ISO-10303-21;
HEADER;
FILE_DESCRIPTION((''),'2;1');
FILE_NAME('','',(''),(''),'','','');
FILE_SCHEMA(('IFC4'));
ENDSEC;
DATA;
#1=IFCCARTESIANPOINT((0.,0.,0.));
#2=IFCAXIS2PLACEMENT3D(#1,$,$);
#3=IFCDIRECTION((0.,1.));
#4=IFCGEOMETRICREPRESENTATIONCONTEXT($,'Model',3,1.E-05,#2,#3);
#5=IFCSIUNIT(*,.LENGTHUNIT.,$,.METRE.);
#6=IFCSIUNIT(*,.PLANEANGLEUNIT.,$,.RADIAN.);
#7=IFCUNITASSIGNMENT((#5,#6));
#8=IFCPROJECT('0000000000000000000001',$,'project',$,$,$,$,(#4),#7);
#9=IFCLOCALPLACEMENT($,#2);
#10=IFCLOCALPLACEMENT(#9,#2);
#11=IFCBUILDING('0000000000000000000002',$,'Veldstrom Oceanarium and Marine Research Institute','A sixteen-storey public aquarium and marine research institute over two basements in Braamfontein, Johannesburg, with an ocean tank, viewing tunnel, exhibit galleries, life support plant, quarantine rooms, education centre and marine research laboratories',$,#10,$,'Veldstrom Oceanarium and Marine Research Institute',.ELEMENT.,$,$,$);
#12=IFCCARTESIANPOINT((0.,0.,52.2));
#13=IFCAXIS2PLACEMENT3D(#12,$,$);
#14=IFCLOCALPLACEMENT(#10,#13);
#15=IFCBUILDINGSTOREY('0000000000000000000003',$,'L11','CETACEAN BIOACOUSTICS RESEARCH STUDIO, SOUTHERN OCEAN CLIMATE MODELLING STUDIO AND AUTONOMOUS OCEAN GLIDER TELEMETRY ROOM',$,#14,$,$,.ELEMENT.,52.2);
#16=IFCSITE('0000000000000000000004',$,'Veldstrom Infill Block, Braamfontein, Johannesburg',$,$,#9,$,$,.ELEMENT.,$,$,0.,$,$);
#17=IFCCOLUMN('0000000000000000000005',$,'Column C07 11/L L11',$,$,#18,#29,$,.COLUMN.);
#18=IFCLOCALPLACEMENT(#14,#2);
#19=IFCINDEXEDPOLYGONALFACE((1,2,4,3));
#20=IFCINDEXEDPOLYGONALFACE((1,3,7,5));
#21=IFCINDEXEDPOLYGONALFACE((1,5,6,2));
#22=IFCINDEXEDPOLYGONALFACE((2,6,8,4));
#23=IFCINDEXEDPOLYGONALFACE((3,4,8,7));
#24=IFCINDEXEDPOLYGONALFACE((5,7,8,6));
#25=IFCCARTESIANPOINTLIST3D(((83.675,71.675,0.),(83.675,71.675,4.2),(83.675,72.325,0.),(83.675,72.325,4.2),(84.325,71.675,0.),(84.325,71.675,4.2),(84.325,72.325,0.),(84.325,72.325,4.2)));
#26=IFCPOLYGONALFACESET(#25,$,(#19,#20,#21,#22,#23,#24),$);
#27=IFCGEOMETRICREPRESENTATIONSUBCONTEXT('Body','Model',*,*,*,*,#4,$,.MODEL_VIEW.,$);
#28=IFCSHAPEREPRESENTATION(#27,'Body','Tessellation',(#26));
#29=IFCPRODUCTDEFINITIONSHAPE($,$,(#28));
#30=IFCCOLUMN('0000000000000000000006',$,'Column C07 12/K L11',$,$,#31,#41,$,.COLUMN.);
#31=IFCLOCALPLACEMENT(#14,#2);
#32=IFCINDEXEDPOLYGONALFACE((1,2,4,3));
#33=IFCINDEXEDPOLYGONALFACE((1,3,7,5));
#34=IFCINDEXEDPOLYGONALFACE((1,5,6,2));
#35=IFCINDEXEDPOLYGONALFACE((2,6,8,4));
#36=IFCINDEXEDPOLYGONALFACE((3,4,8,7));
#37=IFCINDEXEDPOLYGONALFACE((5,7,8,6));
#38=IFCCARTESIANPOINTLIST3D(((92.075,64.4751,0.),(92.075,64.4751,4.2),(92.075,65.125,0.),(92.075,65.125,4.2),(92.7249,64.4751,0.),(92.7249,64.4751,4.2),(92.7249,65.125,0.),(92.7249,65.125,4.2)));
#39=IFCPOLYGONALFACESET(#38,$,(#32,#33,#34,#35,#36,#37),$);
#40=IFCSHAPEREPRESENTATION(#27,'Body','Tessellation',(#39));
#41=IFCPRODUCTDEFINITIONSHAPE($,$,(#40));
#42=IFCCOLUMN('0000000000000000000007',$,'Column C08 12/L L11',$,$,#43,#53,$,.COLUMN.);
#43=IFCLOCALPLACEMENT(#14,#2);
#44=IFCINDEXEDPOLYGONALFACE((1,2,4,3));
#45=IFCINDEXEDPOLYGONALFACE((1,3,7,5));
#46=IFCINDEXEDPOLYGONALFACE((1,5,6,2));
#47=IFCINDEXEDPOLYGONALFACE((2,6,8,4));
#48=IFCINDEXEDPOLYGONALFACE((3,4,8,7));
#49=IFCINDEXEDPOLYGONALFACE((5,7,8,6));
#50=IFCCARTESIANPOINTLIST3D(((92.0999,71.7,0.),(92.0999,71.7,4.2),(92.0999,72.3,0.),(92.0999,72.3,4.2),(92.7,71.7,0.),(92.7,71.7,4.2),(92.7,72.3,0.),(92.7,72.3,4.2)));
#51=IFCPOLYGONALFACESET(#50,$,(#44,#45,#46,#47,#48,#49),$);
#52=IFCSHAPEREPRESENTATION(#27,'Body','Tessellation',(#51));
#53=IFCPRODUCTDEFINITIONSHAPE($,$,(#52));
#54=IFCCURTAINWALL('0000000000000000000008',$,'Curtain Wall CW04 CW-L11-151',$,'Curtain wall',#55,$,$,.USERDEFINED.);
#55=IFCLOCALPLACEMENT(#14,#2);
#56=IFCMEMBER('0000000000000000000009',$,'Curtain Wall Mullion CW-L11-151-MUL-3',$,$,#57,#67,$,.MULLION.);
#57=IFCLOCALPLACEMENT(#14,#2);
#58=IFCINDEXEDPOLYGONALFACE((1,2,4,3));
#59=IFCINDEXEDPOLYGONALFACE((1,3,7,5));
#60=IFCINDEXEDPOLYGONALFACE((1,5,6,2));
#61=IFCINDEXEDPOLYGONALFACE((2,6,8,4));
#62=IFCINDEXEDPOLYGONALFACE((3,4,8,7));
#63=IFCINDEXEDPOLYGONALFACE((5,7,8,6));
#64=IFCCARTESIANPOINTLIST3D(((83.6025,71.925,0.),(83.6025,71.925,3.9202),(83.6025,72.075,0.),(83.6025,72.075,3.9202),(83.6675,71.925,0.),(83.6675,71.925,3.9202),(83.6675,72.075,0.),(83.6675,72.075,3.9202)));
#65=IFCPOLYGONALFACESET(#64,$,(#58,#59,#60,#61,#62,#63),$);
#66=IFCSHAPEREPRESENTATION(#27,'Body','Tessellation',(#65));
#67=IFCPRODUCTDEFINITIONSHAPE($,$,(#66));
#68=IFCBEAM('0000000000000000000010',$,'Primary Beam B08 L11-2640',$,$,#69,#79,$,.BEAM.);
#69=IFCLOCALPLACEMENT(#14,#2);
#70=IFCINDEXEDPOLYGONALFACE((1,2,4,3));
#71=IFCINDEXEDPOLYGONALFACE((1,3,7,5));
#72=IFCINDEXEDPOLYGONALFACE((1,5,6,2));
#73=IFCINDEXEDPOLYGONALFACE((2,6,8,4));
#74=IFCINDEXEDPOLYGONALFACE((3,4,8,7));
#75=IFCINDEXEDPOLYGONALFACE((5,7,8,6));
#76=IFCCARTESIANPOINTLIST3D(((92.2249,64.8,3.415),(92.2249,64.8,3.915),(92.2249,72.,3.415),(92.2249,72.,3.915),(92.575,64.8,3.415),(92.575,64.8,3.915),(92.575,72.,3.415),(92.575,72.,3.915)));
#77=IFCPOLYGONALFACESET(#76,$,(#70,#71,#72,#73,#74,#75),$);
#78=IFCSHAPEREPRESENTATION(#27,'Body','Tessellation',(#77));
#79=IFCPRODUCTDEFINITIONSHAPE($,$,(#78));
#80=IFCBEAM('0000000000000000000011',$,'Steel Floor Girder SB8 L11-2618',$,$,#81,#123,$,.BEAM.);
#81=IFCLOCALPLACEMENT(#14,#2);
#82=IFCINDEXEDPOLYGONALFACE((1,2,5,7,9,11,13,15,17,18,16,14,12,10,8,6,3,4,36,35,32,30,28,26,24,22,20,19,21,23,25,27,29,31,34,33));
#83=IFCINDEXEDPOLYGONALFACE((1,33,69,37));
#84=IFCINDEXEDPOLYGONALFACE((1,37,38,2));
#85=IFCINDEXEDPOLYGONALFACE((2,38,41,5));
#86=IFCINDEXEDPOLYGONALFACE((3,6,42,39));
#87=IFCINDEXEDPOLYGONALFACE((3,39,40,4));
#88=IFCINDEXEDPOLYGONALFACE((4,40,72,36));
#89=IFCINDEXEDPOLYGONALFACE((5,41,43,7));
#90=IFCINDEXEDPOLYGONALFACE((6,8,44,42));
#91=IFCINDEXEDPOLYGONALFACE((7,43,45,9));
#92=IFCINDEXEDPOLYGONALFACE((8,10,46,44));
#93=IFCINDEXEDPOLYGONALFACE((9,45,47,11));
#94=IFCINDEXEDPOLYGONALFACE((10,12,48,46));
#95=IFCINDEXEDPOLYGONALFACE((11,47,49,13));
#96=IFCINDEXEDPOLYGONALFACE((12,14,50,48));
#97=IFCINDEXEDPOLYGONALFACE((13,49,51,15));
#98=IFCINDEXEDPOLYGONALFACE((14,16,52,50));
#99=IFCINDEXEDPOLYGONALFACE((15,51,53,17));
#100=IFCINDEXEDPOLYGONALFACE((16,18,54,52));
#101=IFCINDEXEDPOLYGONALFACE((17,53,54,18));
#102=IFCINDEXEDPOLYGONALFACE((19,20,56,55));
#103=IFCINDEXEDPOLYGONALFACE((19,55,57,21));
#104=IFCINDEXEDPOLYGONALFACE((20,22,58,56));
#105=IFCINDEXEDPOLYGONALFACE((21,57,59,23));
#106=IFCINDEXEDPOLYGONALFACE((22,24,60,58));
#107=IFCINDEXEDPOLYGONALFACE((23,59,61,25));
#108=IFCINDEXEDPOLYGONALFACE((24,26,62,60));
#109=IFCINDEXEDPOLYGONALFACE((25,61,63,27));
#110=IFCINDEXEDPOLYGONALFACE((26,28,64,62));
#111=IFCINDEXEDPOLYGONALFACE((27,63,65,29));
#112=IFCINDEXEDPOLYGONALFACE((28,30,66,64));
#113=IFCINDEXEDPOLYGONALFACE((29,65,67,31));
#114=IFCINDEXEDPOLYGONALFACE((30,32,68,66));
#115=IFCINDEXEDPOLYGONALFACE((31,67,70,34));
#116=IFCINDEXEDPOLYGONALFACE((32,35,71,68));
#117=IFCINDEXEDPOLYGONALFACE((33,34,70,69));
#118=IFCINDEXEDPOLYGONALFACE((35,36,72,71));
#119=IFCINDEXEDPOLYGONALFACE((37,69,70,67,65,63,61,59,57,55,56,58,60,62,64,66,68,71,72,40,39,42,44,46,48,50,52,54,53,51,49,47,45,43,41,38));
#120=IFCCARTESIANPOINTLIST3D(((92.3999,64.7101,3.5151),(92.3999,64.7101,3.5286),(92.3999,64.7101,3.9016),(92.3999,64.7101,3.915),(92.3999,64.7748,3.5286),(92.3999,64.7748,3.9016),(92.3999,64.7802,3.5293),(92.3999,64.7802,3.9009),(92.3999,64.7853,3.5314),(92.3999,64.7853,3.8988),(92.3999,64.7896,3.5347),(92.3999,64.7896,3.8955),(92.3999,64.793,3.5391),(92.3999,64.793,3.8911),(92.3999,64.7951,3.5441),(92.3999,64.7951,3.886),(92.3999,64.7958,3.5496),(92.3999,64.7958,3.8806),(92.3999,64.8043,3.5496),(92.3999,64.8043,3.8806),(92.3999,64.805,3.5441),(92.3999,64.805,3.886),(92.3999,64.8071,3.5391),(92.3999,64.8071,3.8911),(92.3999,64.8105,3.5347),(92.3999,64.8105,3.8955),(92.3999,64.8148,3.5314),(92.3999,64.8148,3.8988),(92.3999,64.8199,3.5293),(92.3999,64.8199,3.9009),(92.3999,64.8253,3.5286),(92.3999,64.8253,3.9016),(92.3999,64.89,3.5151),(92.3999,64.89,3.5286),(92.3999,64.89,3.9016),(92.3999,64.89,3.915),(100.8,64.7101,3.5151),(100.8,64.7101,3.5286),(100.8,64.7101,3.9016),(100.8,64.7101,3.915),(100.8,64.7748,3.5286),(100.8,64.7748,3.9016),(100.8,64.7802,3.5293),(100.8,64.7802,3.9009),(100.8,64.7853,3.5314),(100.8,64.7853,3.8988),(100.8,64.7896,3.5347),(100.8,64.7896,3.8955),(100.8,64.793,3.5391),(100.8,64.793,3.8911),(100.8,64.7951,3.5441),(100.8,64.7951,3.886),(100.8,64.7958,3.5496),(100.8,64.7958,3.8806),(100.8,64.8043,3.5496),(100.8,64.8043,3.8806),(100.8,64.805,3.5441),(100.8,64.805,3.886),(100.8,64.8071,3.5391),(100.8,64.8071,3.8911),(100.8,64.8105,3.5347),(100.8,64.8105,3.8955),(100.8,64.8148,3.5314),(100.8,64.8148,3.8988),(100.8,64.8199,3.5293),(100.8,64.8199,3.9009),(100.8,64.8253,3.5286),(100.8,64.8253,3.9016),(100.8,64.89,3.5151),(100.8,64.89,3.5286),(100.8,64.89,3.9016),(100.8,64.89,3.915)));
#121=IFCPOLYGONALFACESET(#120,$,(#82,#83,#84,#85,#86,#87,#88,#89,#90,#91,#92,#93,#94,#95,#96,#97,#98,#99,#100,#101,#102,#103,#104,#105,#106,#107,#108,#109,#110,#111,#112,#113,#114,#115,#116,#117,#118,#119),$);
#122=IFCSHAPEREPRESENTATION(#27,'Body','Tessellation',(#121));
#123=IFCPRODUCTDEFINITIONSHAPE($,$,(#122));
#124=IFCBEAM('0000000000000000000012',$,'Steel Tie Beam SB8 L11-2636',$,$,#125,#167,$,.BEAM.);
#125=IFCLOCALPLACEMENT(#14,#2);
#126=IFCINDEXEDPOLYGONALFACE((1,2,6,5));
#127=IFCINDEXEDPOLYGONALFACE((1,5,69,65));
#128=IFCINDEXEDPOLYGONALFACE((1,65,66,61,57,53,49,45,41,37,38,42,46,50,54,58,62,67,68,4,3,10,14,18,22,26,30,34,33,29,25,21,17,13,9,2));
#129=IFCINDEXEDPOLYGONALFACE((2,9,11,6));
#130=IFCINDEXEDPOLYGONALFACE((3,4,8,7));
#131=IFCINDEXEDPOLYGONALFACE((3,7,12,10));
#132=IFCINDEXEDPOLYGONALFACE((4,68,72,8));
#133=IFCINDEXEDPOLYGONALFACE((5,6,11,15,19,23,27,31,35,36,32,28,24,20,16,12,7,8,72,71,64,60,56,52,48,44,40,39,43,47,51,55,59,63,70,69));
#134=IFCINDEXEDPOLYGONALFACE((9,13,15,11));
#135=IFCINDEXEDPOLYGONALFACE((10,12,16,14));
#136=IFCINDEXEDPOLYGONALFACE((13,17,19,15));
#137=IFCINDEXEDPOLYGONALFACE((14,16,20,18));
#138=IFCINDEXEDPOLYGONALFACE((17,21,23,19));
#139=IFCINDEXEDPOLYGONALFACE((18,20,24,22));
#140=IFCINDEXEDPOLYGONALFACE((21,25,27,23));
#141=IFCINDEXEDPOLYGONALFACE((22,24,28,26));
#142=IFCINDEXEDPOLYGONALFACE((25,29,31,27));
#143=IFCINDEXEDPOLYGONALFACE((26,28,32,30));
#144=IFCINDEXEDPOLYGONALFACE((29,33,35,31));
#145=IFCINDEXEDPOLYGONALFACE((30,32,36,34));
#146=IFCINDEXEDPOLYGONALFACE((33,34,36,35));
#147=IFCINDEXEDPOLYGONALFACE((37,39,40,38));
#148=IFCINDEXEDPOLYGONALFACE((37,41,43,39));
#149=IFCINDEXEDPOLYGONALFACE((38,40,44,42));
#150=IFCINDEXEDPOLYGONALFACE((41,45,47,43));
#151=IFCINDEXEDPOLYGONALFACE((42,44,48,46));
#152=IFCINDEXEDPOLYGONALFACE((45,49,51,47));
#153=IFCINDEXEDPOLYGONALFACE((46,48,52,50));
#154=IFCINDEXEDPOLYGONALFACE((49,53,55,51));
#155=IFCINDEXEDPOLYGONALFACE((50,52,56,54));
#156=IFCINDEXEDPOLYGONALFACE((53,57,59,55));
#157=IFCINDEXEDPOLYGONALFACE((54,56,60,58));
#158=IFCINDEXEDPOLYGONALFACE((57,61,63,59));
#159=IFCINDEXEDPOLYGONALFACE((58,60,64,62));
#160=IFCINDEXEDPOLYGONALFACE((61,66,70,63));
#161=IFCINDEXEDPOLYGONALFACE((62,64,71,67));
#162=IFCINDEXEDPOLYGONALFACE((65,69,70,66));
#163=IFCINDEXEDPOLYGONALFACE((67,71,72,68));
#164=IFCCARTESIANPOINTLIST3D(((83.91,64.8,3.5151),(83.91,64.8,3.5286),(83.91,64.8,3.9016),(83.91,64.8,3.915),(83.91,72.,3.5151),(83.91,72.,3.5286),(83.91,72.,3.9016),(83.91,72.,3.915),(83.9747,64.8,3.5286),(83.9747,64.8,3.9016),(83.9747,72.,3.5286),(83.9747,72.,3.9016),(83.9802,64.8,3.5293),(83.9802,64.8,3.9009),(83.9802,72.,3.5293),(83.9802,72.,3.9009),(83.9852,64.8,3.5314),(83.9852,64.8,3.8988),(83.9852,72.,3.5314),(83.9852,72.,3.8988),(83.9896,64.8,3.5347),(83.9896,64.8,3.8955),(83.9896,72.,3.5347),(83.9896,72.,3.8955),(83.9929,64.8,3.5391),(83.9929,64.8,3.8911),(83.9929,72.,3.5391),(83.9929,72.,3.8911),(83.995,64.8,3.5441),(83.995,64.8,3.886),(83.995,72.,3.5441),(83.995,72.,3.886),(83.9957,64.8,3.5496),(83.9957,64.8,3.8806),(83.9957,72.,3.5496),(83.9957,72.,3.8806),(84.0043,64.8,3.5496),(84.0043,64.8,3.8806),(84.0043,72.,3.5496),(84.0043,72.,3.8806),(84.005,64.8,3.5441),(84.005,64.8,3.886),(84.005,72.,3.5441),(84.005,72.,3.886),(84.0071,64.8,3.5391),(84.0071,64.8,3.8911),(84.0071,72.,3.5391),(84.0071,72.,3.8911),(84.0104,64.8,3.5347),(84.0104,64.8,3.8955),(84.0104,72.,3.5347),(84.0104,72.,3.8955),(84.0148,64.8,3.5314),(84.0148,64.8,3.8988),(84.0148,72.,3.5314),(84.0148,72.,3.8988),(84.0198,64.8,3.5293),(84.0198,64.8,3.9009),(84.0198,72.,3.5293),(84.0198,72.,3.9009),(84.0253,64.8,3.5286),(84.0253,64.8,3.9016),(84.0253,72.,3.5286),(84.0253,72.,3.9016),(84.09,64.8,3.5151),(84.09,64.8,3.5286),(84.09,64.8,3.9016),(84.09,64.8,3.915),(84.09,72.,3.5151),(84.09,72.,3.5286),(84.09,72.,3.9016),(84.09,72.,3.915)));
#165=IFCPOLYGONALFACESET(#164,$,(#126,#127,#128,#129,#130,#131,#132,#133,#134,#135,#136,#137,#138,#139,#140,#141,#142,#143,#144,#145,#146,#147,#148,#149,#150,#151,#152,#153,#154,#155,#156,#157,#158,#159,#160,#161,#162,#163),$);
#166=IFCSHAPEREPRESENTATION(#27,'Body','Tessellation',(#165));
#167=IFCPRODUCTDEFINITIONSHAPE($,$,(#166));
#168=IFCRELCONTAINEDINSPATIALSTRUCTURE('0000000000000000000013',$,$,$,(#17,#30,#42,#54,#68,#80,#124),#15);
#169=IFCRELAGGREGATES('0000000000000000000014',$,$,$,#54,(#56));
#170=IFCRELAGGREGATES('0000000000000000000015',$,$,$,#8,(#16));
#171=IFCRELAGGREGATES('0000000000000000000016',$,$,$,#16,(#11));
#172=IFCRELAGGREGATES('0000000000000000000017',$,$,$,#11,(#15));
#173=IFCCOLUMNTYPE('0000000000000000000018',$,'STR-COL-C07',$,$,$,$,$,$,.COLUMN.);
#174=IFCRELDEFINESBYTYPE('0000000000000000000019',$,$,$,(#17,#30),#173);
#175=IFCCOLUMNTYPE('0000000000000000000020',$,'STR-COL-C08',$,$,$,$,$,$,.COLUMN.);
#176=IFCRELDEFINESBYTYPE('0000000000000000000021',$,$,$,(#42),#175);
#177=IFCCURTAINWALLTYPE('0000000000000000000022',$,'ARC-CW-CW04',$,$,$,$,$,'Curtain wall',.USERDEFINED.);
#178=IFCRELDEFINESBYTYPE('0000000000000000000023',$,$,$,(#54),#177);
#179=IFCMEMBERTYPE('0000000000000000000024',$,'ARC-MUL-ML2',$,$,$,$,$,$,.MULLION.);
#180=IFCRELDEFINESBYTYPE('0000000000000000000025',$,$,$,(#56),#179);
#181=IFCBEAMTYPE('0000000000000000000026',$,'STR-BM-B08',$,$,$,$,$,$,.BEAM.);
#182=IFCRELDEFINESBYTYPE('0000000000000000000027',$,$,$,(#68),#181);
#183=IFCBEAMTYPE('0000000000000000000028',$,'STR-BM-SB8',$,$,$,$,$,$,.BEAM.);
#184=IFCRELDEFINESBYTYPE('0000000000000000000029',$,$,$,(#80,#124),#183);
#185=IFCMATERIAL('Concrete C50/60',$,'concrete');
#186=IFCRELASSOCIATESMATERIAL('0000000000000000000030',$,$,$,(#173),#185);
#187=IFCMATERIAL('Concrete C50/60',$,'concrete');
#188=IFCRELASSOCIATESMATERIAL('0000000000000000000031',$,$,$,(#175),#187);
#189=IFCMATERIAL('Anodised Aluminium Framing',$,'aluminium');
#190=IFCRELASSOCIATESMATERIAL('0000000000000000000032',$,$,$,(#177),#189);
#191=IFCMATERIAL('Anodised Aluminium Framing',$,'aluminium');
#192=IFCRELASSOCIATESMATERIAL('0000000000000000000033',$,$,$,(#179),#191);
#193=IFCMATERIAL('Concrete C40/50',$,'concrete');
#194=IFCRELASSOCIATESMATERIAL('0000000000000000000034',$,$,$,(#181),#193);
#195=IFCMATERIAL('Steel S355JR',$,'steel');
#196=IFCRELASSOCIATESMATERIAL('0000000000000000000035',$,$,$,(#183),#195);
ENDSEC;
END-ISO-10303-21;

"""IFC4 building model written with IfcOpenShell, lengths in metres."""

from ifc_helpers import new_model, si_unit, direction, frame, origin, origin_2d, place, context, subcontext, project, spatial, rectangle, i_section, extrude, material, material_profile, profile_set, type_object, element, aggregate, save


model = new_model("IFC4")

# Units and contexts
model_context = context("Model", 3, precision=1e-05, world=origin(), true_north=direction((0.0, 1.0)))
body_context = subcontext(model_context, "Body", "Model", "MODEL_VIEW")
ifc_project = project(units=[si_unit("LENGTHUNIT", "METRE"), si_unit("PLANEANGLEUNIT", "RADIAN")], contexts=[model_context])

# Site, building, storey
site_placement = place(None, origin())
site = spatial("IfcSite", under=ifc_project, at=site_placement, Name="Veldstrom Infill Block, Braamfontein, Johannesburg", CompositionType="ELEMENT", RefElevation=0.0)
building_placement = place(site_placement, origin())
building = spatial("IfcBuilding", under=site, at=building_placement, Name="Veldstrom Oceanarium and Marine Research Institute", Description="A sixteen-storey public aquarium and marine research institute over two basements in Braamfontein, Johannesburg, with an ocean tank, viewing tunnel, exhibit galleries, life support plant, quarantine rooms, education centre and marine research laboratories", LongName="Veldstrom Oceanarium and Marine Research Institute", CompositionType="ELEMENT")
storey_placement = place(building_placement, frame((0.0, 0.0, 52.2)))
storey = spatial("IfcBuildingStorey", under=building, at=storey_placement, Name="L11", Description="CETACEAN BIOACOUSTICS RESEARCH STUDIO, SOUTHERN OCEAN CLIMATE MODELLING STUDIO AND AUTONOMOUS OCEAN GLIDER TELEMETRY ROOM", CompositionType="ELEMENT", Elevation=52.2)

# Columns
ifc_material_1 = material(Name="Concrete C50/60", Category="concrete")
ifc_material_profile_1 = material_profile(ifc_material_1, rectangle(XDim=0.6499, YDim=0.6499, at=origin_2d()), Name="RC-COL-650x650")
ifc_profile_set_1 = profile_set([ifc_material_profile_1], Name="Concrete C50/60")
column_type_1 = type_object("IfcColumnType", Name="STR-COL-C07", PredefinedType="COLUMN", material=ifc_profile_set_1)
for number, where, z_axis, x_axis, name in (
    (1, (84.0, 72.0, 0.0), (0.0, 0.0, 1.0), (1.0, 0.0, 0.0), "Column C07 11/L L11"),
    (2, (92.3999, 64.8, 0.0), (0.0, 0.0, 1.0), (1.0, 0.0, 0.0), "Column C07 12/K L11"),
):
    element("IfcColumn", number, at=place(storey_placement, frame(where, z_axis=z_axis, x_axis=x_axis)), inside=storey, type_object=column_type_1, Name=name, PredefinedType="COLUMN", context=body_context, shape_type="SweptSolid", body=[
        extrude(rectangle(XDim=0.6499, YDim=0.6499, at=origin_2d()), origin(), (0.0, 0.0, 1.0), 4.2),
    ])
ifc_material_2 = material(Name="Concrete C50/60", Category="concrete")
ifc_material_profile_2 = material_profile(ifc_material_2, rectangle(XDim=0.6001, YDim=0.6001, at=origin_2d()), Name="RC-COL-600x600")
ifc_profile_set_2 = profile_set([ifc_material_profile_2], Name="Concrete C50/60")
column_type_2 = type_object("IfcColumnType", Name="STR-COL-C08", PredefinedType="COLUMN", material=ifc_profile_set_2)
column_placement = place(storey_placement, frame((92.3999, 72.0, 0.0), z_axis=(0.0, 0.0, 1.0), x_axis=(1.0, 0.0, 0.0)))
element("IfcColumn", 3, at=column_placement, inside=storey, type_object=column_type_2, Name="Column C08 12/L L11", PredefinedType="COLUMN", context=body_context, shape_type="SweptSolid", body=[
    extrude(rectangle(XDim=0.6001, YDim=0.6001, at=origin_2d()), origin(), (0.0, 0.0, 1.0), 4.2),
])

# Curtain wall, member
ifc_material_3 = material(Name="Anodised Aluminium Framing", Category="aluminium")
curtain_wall_type = type_object("IfcCurtainWallType", Name="ARC-CW-CW04", ElementType="Curtain wall", PredefinedType="USERDEFINED", material=ifc_material_3)
curtain_wall_placement = place(storey_placement, origin())
curtain_wall = element("IfcCurtainWall", 4, at=curtain_wall_placement, inside=storey, type_object=curtain_wall_type, Name="Curtain Wall CW04 CW-L11-151", ObjectType="Curtain wall", PredefinedType="USERDEFINED")
ifc_material_4 = material(Name="Anodised Aluminium Framing", Category="aluminium")
ifc_material_profile_3 = material_profile(ifc_material_4, rectangle(XDim=0.0649, YDim=0.1499, at=origin_2d()), Name="ALU-MUL-65x150")
ifc_profile_set_3 = profile_set([ifc_material_profile_3], Name="Anodised Aluminium Framing")
member_type = type_object("IfcMemberType", Name="ARC-MUL-ML2", PredefinedType="MULLION", material=ifc_profile_set_3)
member_placement = place(storey_placement, frame((83.635, 72.0, 0.0), z_axis=(0.0, 0.0, 1.0), x_axis=(1.0, 0.0, 0.0)))
member = element("IfcMember", 5, at=member_placement, type_object=member_type, Name="Curtain Wall Mullion CW-L11-151-MUL-3", PredefinedType="MULLION", context=body_context, shape_type="SweptSolid", body=[
    extrude(rectangle(XDim=0.0649, YDim=0.1499, at=origin_2d()), origin(), (0.0, 0.0, 1.0), 3.9202),
])
aggregate(curtain_wall, [member])

# Beams
ifc_material_5 = material(Name="Concrete C40/50", Category="concrete")
ifc_material_profile_4 = material_profile(ifc_material_5, rectangle(XDim=0.3501, YDim=0.5, at=origin_2d()), Name="RC-BM-350x500")
ifc_profile_set_4 = profile_set([ifc_material_profile_4], Name="Concrete C40/50")
beam_type_1 = type_object("IfcBeamType", Name="STR-BM-B08", PredefinedType="BEAM", material=ifc_profile_set_4)
beam_1_placement = place(storey_placement, frame((92.3999, 64.8, 3.665), z_axis=(0.0, 1.0, 0.0), x_axis=(-1.0, 0.0, 0.0)))
element("IfcBeam", 6, at=beam_1_placement, inside=storey, type_object=beam_type_1, Name="Primary Beam B08 L11-2640", PredefinedType="BEAM", context=body_context, shape_type="SweptSolid", body=[
    extrude(rectangle(XDim=0.3501, YDim=0.5, at=origin_2d()), origin(), (0.0, 0.0, 1.0), 7.2),
])
ifc_material_6 = material(Name="Steel S355JR", Category="steel")
ifc_material_profile_5 = material_profile(ifc_material_6, i_section(OverallWidth=0.1799, OverallDepth=0.3999, WebThickness=0.0085, FlangeThickness=0.0134, FilletRadius=0.021, at=origin_2d()), Name="IPE 400")
ifc_profile_set_5 = profile_set([ifc_material_profile_5], Name="Steel S355JR")
beam_type_2 = type_object("IfcBeamType", Name="STR-BM-SB8", PredefinedType="BEAM", material=ifc_profile_set_5)
beam_2_placement = place(storey_placement, frame((92.3999, 64.8, 3.7151), z_axis=(1.0, 0.0, 0.0), x_axis=(0.0, 1.0, 0.0)))
element("IfcBeam", 7, at=beam_2_placement, inside=storey, type_object=beam_type_2, Name="Steel Floor Girder SB8 L11-2618", PredefinedType="BEAM", context=body_context, shape_type="SweptSolid", body=[
    extrude(i_section(OverallWidth=0.1799, OverallDepth=0.3999, WebThickness=0.0085, FlangeThickness=0.0134, FilletRadius=0.021, at=origin_2d()), origin(), (0.0, 0.0, 1.0), 8.4001),
])
beam_3_placement = place(storey_placement, frame((84.0, 64.8, 3.7151), z_axis=(0.0, 1.0, 0.0), x_axis=(-1.0, 0.0, 0.0)))
element("IfcBeam", 8, at=beam_3_placement, inside=storey, type_object=beam_type_2, Name="Steel Tie Beam SB8 L11-2636", PredefinedType="BEAM", context=body_context, shape_type="SweptSolid", body=[
    extrude(i_section(OverallWidth=0.1799, OverallDepth=0.3999, WebThickness=0.0085, FlangeThickness=0.0134, FilletRadius=0.021, at=origin_2d()), origin(), (0.0, 0.0, 1.0), 7.2),
])

save(model, "model.ifc")
